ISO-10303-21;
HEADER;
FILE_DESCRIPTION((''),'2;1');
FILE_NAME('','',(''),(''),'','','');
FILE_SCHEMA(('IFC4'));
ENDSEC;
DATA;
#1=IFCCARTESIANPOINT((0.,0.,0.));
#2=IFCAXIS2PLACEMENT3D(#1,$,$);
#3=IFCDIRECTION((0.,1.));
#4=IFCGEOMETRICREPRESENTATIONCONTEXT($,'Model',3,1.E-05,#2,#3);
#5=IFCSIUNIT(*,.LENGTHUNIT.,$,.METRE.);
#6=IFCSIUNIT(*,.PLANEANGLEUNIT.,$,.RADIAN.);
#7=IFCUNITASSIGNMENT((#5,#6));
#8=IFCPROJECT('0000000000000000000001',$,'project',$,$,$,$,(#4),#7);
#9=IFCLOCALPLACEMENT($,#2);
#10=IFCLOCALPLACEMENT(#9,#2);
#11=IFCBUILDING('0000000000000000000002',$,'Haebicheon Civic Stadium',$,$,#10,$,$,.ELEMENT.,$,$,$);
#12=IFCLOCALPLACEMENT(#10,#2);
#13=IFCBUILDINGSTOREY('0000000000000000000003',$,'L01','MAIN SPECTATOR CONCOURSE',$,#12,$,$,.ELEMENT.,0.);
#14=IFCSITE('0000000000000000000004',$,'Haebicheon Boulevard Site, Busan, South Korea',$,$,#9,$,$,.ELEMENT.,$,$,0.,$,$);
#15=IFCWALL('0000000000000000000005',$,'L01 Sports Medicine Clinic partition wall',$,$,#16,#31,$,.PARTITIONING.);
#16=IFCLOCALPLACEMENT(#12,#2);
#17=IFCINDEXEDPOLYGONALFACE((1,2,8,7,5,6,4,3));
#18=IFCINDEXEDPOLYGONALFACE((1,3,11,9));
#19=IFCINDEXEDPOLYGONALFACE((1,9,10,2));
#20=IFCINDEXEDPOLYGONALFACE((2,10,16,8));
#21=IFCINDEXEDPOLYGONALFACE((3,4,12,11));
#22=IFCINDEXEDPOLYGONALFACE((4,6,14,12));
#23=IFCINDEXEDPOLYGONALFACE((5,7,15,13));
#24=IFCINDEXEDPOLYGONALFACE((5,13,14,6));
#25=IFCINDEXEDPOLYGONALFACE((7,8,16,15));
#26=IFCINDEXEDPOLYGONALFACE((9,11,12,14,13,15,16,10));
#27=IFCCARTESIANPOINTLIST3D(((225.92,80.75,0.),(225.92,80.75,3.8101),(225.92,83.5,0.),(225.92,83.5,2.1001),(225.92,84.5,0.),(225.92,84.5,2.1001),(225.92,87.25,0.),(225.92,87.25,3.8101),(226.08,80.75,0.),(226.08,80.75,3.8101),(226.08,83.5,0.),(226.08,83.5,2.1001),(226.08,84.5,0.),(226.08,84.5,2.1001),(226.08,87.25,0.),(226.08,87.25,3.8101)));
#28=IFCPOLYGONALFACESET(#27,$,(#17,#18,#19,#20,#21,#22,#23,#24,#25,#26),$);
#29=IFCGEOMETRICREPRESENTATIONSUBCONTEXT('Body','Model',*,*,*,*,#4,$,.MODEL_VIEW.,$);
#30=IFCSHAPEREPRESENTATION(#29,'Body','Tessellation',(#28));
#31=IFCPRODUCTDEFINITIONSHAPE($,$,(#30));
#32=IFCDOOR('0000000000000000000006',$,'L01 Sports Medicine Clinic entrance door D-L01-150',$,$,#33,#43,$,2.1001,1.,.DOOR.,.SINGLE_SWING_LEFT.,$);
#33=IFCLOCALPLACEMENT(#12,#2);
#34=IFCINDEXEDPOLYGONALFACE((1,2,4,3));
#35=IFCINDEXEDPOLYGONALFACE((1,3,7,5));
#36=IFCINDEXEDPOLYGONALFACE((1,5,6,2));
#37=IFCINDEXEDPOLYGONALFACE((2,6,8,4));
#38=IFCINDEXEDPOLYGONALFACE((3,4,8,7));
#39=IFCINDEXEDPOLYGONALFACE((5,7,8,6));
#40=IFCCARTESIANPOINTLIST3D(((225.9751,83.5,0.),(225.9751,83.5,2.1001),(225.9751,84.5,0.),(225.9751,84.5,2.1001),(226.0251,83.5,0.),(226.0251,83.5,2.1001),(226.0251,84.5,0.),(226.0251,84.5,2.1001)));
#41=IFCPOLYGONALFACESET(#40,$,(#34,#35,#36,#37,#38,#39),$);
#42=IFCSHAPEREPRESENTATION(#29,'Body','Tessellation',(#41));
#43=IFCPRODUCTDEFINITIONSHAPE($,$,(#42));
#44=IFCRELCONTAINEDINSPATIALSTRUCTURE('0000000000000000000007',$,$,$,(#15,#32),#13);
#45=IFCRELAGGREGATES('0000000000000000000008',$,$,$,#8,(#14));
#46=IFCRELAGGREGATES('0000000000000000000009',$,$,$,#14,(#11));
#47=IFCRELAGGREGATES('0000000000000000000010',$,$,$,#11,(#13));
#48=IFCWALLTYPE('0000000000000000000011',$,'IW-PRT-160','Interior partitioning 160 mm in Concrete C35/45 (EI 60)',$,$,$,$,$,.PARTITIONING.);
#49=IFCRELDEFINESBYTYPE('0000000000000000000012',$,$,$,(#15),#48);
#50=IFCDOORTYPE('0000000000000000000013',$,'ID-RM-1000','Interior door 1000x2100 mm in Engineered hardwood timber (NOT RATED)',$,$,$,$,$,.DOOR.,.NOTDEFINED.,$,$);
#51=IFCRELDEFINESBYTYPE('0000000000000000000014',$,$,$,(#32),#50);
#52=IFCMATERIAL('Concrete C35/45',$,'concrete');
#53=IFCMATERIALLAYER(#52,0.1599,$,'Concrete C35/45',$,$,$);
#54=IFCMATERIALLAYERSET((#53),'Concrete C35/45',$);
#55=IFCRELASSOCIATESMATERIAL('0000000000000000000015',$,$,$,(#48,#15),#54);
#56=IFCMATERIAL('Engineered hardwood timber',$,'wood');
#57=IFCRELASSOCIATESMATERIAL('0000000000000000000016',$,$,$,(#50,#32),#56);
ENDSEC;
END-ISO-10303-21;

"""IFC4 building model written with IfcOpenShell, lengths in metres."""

from ifc_helpers import new_model, si_unit, direction, frame, frame_2d, origin, place, context, subcontext, project, spatial, rectangle, extrude, material, layer, layer_set, type_object, element, fill, save


model = new_model("IFC4")

# Units and contexts
model_context = context("Model", 3, precision=1e-05, world=origin(), true_north=direction((0.0, 1.0)))
body_context = subcontext(model_context, "Body", "Model", "MODEL_VIEW")
ifc_project = project(units=[si_unit("LENGTHUNIT", "METRE"), si_unit("PLANEANGLEUNIT", "RADIAN")], contexts=[model_context])

# Site, building, storey
site_placement = place(None, origin())
site = spatial("IfcSite", under=ifc_project, at=site_placement, Name="Haebicheon Boulevard Site, Busan, South Korea", CompositionType="ELEMENT", RefElevation=0.0)
building_placement = place(site_placement, origin())
building = spatial("IfcBuilding", under=site, at=building_placement, Name="Haebicheon Civic Stadium", CompositionType="ELEMENT")
storey_placement = place(building_placement, origin())
storey = spatial("IfcBuildingStorey", under=building, at=storey_placement, Name="L01", Description="MAIN SPECTATOR CONCOURSE", CompositionType="ELEMENT", Elevation=0.0)

# Wall, opening, door
ifc_material_1 = material(Name="Concrete C35/45", Category="concrete")
ifc_layer_1 = layer(ifc_material_1, 0.1599, Name="Concrete C35/45")
ifc_layer_set_1 = layer_set([ifc_layer_1], Name="Concrete C35/45")
wall_type_1 = type_object("IfcWallType", Name="IW-PRT-160", Description="Interior partitioning 160 mm in Concrete C35/45 (EI 60)", PredefinedType="PARTITIONING", material=ifc_layer_set_1)
wall_1_placement = place(storey_placement, frame((226.0, 80.75, 0.0), z_axis=(0.0, 0.0, 1.0), x_axis=(0.0, 1.0, 0.0)))
wall_1 = element("IfcWall", 1, at=wall_1_placement, inside=storey, type_object=wall_type_1, material=ifc_layer_set_1, Name="L01 Sports Medicine Clinic partition wall", PredefinedType="PARTITIONING", context=body_context, shape_type="SweptSolid", body=[
    extrude(rectangle(XDim=6.5, YDim=0.1599, at=frame_2d((3.25, 0.0))), origin(), (0.0, 0.0, 1.0), 3.8101),
])
opening_1_placement = place(wall_1_placement, frame((2.75, 0.0, 0.0)))
opening_1 = element("IfcOpeningElement", 2, at=opening_1_placement, cuts=wall_1, PredefinedType="OPENING", context=body_context, shape_type="SweptSolid", body=[
    extrude(rectangle(XDim=1.0, YDim=2.1001, at=frame_2d((0.5, 1.05))), frame((0.0, 0.0898, 0.0), z_axis=(0.0, -1.0, 0.0), x_axis=(1.0, 0.0, 0.0)), (0.0, 0.0, 1.0), 0.1799),
])
ifc_material_2 = material(Name="Engineered hardwood timber", Category="wood")
door_type_1 = type_object("IfcDoorType", Name="ID-RM-1000", Description="Interior door 1000x2100 mm in Engineered hardwood timber (NOT RATED)", OperationType="NOTDEFINED", PredefinedType="DOOR", material=ifc_material_2)
door_1_placement = place(opening_1_placement, origin())
door_1 = element("IfcDoor", 3, at=door_1_placement, inside=storey, type_object=door_type_1, material=ifc_material_2, Name="L01 Sports Medicine Clinic entrance door D-L01-150", OperationType="SINGLE_SWING_LEFT", OverallHeight=2.1001, OverallWidth=1.0, PredefinedType="DOOR", context=body_context, shape_type="SweptSolid", body=[
    extrude(rectangle(XDim=1.0, YDim=2.1001, at=frame_2d((0.5, 1.05))), frame((0.0, 0.0249, 0.0), z_axis=(0.0, -1.0, 0.0), x_axis=(1.0, 0.0, 0.0)), (0.0, 0.0, 1.0), 0.05),
])
fill(opening_1, door_1)

save(model, "model.ifc")
